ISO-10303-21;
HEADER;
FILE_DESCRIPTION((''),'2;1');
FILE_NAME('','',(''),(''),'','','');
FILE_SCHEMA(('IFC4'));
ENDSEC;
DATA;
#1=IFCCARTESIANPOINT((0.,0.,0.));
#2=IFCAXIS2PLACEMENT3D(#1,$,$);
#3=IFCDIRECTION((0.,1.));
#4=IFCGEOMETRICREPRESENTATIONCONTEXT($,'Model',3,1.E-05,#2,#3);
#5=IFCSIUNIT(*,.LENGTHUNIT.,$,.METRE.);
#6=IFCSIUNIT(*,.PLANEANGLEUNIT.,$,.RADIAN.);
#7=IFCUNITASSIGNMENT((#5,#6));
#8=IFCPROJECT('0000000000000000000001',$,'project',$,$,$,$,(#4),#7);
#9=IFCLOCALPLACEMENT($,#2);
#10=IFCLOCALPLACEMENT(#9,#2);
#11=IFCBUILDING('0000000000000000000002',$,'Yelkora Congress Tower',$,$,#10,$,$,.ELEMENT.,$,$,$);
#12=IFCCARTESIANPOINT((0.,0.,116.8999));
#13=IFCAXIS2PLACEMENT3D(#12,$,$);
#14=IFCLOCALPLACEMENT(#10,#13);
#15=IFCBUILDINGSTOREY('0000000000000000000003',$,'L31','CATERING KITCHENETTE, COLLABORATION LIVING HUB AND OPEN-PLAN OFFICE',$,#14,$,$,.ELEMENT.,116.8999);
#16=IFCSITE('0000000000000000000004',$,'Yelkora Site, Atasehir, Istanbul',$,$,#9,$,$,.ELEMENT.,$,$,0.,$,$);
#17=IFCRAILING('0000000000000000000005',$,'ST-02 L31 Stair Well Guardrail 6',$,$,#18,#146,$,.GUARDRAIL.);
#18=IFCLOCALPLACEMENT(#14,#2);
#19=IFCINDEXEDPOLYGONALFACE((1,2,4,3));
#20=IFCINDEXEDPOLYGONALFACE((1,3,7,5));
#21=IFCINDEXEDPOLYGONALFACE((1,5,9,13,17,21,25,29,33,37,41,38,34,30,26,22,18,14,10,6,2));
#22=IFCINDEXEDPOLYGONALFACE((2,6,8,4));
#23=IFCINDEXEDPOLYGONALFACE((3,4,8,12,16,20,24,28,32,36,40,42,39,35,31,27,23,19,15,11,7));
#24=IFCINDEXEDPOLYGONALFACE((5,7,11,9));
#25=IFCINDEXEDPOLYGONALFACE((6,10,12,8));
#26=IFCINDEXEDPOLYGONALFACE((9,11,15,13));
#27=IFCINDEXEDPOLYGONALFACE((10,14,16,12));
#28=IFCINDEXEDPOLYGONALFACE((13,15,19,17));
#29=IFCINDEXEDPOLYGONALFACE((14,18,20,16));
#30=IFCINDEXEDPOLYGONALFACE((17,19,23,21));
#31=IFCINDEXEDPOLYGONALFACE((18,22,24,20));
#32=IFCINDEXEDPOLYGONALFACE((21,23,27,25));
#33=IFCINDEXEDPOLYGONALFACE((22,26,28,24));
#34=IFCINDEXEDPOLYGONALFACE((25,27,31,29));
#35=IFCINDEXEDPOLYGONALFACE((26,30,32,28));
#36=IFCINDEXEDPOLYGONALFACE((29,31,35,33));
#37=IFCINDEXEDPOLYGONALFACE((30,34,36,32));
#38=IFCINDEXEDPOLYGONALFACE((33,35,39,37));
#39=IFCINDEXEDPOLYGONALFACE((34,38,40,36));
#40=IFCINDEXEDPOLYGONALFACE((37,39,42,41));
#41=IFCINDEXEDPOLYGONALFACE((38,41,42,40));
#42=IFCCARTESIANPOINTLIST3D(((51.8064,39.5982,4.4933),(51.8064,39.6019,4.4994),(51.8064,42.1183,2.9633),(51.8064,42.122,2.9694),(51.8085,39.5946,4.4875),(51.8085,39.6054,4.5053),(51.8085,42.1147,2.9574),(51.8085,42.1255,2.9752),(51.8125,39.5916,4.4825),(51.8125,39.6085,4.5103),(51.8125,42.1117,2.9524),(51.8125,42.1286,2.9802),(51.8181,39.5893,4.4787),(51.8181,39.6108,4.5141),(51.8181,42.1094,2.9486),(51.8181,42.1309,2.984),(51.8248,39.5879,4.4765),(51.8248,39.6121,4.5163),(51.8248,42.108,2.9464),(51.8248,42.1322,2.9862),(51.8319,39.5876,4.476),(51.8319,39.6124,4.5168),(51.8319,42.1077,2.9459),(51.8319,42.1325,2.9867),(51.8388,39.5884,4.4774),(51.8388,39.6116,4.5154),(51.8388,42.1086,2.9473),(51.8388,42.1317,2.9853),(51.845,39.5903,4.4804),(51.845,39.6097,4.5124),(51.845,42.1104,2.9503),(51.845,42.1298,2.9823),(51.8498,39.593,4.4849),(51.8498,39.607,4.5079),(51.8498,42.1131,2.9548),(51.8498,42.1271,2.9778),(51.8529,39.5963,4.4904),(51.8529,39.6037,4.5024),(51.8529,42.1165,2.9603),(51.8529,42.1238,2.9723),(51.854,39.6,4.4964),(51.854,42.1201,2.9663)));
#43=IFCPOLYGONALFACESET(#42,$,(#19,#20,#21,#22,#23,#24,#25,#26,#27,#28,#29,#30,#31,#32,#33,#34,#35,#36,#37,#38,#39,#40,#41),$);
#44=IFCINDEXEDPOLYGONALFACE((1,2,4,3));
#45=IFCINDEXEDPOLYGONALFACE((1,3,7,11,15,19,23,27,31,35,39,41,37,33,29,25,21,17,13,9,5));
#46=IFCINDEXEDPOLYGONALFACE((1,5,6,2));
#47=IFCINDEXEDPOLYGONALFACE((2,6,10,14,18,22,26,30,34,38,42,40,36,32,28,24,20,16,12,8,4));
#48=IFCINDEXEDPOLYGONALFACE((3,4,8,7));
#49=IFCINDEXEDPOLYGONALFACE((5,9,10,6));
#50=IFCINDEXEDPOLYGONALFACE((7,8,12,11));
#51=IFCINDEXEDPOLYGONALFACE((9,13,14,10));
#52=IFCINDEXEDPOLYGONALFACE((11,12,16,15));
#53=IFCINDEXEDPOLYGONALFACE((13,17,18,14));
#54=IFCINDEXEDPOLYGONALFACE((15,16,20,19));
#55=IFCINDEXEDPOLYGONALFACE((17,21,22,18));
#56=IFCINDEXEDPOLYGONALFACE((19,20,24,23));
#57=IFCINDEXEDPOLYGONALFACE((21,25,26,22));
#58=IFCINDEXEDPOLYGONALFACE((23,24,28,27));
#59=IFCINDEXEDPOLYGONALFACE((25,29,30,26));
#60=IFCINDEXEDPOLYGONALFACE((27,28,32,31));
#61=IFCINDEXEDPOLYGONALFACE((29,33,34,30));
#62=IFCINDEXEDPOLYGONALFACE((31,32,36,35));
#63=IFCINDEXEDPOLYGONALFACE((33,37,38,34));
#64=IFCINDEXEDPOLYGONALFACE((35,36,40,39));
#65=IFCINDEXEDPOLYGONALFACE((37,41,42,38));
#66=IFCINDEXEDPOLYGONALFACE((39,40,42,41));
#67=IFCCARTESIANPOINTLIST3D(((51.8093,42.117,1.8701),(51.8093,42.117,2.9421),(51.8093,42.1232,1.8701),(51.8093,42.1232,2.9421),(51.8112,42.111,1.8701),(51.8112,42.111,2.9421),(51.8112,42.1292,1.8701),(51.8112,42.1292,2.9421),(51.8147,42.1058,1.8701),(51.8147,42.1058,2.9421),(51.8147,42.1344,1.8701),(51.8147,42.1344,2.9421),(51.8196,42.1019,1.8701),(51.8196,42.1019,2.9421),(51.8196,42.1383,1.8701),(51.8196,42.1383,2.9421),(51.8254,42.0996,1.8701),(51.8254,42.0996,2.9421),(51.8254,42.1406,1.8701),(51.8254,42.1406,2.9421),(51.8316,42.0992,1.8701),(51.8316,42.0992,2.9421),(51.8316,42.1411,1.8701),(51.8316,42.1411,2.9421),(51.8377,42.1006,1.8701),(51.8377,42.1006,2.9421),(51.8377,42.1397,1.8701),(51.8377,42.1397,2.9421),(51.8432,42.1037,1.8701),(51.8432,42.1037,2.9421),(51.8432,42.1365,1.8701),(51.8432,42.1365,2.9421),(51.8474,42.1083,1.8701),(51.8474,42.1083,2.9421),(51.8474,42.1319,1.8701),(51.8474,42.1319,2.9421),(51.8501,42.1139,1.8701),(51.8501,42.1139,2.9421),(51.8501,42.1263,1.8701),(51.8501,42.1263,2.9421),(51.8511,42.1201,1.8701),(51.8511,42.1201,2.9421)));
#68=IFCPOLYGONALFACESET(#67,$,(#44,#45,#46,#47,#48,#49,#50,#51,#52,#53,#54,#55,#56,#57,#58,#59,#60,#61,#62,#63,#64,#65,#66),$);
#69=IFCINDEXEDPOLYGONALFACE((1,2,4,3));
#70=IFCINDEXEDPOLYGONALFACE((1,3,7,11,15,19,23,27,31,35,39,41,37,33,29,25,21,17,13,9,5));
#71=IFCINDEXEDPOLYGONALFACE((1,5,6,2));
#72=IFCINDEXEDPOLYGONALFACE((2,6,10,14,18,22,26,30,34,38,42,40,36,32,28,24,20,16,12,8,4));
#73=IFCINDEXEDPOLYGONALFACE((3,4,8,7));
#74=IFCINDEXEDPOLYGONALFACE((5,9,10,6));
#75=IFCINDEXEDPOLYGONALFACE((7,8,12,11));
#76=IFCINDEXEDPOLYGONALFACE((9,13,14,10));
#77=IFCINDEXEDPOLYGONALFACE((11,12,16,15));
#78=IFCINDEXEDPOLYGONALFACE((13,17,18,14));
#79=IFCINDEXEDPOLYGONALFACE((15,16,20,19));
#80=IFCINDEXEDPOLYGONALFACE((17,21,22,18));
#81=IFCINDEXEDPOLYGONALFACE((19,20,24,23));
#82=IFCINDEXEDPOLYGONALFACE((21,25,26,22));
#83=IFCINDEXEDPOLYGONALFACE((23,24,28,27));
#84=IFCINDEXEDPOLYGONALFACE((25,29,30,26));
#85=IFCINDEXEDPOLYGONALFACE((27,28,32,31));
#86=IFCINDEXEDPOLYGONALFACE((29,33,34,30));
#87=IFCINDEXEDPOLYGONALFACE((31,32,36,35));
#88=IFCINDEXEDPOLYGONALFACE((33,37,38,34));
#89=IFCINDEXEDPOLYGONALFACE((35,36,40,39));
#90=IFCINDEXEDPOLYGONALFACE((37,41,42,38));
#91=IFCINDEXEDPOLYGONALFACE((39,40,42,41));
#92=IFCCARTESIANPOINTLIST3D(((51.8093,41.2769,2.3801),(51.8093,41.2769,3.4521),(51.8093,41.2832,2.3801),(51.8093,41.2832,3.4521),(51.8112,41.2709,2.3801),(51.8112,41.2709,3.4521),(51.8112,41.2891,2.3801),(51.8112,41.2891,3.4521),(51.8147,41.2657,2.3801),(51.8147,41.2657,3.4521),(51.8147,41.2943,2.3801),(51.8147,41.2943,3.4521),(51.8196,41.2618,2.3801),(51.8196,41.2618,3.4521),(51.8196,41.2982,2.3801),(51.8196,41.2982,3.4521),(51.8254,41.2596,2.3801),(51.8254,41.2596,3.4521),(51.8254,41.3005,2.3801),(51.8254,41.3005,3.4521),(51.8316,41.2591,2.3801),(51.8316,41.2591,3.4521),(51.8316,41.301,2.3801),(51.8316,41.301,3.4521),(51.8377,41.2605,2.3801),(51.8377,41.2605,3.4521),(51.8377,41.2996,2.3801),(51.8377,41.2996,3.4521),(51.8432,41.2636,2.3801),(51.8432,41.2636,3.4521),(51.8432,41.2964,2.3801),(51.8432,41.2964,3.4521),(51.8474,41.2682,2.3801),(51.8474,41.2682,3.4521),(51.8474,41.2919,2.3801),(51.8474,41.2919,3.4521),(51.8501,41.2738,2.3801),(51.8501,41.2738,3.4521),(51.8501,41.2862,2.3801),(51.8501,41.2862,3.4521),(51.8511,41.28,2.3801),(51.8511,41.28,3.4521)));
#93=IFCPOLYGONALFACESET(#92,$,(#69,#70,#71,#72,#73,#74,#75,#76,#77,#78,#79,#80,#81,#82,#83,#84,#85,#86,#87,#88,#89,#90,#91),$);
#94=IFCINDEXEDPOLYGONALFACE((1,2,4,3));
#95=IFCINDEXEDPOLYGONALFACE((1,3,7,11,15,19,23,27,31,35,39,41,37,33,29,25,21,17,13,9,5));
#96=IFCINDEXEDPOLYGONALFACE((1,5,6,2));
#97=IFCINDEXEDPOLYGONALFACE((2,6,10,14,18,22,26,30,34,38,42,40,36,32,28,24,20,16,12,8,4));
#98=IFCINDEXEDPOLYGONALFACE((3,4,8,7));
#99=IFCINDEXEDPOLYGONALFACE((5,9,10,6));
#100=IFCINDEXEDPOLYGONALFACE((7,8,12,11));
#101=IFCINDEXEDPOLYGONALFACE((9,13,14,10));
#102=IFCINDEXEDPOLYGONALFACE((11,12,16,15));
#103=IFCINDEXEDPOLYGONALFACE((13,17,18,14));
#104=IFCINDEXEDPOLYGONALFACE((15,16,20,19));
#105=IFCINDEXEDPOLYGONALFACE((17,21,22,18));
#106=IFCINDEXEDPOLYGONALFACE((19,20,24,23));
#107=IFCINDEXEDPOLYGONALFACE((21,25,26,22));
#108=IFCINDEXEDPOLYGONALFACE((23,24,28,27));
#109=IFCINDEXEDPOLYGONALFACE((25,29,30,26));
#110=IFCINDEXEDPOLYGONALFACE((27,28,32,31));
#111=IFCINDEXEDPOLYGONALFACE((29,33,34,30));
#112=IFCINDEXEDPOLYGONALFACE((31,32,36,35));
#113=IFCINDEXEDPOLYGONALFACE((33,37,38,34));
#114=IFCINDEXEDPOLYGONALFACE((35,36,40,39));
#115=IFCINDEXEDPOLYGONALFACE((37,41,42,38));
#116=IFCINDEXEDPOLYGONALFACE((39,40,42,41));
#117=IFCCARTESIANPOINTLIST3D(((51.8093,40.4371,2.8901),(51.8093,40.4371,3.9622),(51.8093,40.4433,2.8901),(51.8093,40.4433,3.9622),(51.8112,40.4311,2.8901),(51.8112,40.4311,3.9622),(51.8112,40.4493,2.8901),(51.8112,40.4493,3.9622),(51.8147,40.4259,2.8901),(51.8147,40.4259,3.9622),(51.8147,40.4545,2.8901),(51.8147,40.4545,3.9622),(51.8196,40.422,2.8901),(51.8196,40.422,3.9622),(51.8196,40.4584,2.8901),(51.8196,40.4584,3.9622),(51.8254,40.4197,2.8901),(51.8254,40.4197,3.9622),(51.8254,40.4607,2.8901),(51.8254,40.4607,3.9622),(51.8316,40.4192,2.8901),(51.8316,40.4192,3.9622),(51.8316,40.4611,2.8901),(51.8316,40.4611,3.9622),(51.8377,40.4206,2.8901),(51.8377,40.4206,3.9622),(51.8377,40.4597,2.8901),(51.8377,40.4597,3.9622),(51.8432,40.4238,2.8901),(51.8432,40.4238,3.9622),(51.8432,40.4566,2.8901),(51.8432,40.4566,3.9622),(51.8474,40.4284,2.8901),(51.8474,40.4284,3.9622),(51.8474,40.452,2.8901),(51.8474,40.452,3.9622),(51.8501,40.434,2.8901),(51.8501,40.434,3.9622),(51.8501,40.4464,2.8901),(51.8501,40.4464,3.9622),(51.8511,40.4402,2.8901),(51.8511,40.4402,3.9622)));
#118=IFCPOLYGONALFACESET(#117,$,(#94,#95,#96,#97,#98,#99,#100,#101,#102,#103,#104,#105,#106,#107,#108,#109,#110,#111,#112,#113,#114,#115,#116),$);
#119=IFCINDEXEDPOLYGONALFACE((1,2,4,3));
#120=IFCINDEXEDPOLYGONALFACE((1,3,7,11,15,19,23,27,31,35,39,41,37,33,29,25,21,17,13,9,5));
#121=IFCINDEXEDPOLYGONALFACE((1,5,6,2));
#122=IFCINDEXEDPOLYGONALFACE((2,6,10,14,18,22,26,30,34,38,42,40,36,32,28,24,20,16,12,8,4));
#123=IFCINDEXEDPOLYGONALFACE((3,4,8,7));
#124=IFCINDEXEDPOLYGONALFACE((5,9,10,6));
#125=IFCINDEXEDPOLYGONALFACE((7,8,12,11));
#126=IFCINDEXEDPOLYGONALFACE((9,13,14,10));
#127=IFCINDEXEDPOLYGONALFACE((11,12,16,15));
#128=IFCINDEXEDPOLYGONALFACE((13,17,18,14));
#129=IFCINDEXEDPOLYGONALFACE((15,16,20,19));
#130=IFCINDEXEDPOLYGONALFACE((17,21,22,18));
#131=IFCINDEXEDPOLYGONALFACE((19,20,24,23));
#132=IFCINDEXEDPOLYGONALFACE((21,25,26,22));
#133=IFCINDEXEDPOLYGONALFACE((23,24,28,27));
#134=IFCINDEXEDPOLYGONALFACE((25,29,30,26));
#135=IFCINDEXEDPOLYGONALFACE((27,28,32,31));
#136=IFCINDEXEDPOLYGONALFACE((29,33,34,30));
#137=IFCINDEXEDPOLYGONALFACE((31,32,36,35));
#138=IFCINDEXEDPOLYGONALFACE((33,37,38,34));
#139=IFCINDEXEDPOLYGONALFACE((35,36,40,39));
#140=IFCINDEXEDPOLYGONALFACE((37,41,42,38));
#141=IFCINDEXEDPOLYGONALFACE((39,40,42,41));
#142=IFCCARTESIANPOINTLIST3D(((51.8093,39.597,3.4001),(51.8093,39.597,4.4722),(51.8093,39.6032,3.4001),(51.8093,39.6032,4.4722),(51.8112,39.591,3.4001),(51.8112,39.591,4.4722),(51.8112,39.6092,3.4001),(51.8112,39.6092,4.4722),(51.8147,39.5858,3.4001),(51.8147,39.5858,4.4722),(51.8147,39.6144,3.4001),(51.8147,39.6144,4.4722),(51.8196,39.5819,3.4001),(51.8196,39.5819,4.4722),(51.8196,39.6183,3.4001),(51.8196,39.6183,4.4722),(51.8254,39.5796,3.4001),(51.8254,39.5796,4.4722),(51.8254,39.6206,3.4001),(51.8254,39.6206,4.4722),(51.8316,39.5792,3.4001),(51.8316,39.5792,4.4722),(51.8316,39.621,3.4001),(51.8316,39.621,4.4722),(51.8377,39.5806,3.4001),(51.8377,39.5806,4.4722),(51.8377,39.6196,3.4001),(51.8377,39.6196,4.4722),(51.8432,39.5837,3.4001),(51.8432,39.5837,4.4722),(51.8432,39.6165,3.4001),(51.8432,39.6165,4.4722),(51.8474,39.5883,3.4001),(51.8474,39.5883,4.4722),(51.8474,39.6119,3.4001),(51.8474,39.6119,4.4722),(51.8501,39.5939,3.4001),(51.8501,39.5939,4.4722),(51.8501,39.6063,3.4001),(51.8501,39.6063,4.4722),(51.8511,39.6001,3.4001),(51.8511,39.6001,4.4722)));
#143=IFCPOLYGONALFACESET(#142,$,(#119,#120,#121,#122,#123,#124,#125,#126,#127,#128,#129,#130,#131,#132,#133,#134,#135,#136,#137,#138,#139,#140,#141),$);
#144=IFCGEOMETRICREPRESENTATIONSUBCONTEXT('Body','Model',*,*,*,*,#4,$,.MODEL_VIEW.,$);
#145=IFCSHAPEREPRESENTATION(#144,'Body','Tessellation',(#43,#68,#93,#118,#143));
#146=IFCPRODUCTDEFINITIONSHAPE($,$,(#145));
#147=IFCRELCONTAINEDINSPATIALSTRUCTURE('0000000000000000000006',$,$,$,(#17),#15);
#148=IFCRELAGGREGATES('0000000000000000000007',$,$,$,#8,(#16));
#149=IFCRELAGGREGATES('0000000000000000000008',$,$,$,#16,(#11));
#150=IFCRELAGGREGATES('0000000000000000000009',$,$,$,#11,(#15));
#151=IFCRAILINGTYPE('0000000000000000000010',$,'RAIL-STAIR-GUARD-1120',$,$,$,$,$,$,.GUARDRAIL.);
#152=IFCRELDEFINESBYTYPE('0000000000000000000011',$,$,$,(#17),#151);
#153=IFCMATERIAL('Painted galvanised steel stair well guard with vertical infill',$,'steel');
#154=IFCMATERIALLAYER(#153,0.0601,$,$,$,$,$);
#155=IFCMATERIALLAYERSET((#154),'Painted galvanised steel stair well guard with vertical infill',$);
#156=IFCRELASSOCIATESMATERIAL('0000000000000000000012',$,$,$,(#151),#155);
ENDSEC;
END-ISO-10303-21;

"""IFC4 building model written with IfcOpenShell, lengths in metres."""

from ifc_helpers import new_model, si_unit, direction, frame, origin, origin_2d, place, context, subcontext, project, spatial, circle, extrude, material, layer, layer_set, type_object, element, save


model = new_model("IFC4")

# Units and contexts
model_context = context("Model", 3, precision=1e-05, world=origin(), true_north=direction((0.0, 1.0)))
body_context = subcontext(model_context, "Body", "Model", "MODEL_VIEW")
ifc_project = project(units=[si_unit("LENGTHUNIT", "METRE"), si_unit("PLANEANGLEUNIT", "RADIAN")], contexts=[model_context])

# Site, building, storey
site_placement = place(None, origin())
site = spatial("IfcSite", under=ifc_project, at=site_placement, Name="Yelkora Site, Atasehir, Istanbul", CompositionType="ELEMENT", RefElevation=0.0)
building_placement = place(site_placement, origin())
building = spatial("IfcBuilding", under=site, at=building_placement, Name="Yelkora Congress Tower", CompositionType="ELEMENT")
storey_placement = place(building_placement, frame((0.0, 0.0, 116.8999)))
storey = spatial("IfcBuildingStorey", under=building, at=storey_placement, Name="L31", Description="CATERING KITCHENETTE, COLLABORATION LIVING HUB AND OPEN-PLAN OFFICE", CompositionType="ELEMENT", Elevation=116.8999)

# Railing
ifc_material_1 = material(Name="Painted galvanised steel stair well guard with vertical infill", Category="steel")
ifc_layer_1 = layer(ifc_material_1, 0.0601)
ifc_layer_set_1 = layer_set([ifc_layer_1], Name="Painted galvanised steel stair well guard with vertical infill")
railing_type_1 = type_object("IfcRailingType", Name="RAIL-STAIR-GUARD-1120", PredefinedType="GUARDRAIL", material=ifc_layer_set_1)
railing_1_placement = place(storey_placement, frame((51.8301, 42.1201, 1.8701)))
element("IfcRailing", 1, at=railing_1_placement, inside=storey, type_object=railing_type_1, Name="ST-02 L31 Stair Well Guardrail 6", PredefinedType="GUARDRAIL", context=body_context, shape_type="SweptSolid", body=[
    extrude(circle(Radius=0.0239, at=origin_2d()), frame((0.0, 0.0, 1.0962), z_axis=(0.0, -0.854785, 0.518982), x_axis=(1.0, 0.0, 0.0)), (0.0, 0.0, 1.0), 2.9482),
    extrude(circle(Radius=0.021, at=origin_2d()), origin(), (0.0, 0.0, 1.0), 1.072),
    extrude(circle(Radius=0.021, at=origin_2d()), frame((0.0, -0.8401, 0.51)), (0.0, 0.0, 1.0), 1.072),
    extrude(circle(Radius=0.021, at=origin_2d()), frame((0.0, -1.6799, 1.02)), (0.0, 0.0, 1.0), 1.072),
    extrude(circle(Radius=0.021, at=origin_2d()), frame((0.0, -2.52, 1.53)), (0.0, 0.0, 1.0), 1.072),
])

save(model, "model.ifc")
